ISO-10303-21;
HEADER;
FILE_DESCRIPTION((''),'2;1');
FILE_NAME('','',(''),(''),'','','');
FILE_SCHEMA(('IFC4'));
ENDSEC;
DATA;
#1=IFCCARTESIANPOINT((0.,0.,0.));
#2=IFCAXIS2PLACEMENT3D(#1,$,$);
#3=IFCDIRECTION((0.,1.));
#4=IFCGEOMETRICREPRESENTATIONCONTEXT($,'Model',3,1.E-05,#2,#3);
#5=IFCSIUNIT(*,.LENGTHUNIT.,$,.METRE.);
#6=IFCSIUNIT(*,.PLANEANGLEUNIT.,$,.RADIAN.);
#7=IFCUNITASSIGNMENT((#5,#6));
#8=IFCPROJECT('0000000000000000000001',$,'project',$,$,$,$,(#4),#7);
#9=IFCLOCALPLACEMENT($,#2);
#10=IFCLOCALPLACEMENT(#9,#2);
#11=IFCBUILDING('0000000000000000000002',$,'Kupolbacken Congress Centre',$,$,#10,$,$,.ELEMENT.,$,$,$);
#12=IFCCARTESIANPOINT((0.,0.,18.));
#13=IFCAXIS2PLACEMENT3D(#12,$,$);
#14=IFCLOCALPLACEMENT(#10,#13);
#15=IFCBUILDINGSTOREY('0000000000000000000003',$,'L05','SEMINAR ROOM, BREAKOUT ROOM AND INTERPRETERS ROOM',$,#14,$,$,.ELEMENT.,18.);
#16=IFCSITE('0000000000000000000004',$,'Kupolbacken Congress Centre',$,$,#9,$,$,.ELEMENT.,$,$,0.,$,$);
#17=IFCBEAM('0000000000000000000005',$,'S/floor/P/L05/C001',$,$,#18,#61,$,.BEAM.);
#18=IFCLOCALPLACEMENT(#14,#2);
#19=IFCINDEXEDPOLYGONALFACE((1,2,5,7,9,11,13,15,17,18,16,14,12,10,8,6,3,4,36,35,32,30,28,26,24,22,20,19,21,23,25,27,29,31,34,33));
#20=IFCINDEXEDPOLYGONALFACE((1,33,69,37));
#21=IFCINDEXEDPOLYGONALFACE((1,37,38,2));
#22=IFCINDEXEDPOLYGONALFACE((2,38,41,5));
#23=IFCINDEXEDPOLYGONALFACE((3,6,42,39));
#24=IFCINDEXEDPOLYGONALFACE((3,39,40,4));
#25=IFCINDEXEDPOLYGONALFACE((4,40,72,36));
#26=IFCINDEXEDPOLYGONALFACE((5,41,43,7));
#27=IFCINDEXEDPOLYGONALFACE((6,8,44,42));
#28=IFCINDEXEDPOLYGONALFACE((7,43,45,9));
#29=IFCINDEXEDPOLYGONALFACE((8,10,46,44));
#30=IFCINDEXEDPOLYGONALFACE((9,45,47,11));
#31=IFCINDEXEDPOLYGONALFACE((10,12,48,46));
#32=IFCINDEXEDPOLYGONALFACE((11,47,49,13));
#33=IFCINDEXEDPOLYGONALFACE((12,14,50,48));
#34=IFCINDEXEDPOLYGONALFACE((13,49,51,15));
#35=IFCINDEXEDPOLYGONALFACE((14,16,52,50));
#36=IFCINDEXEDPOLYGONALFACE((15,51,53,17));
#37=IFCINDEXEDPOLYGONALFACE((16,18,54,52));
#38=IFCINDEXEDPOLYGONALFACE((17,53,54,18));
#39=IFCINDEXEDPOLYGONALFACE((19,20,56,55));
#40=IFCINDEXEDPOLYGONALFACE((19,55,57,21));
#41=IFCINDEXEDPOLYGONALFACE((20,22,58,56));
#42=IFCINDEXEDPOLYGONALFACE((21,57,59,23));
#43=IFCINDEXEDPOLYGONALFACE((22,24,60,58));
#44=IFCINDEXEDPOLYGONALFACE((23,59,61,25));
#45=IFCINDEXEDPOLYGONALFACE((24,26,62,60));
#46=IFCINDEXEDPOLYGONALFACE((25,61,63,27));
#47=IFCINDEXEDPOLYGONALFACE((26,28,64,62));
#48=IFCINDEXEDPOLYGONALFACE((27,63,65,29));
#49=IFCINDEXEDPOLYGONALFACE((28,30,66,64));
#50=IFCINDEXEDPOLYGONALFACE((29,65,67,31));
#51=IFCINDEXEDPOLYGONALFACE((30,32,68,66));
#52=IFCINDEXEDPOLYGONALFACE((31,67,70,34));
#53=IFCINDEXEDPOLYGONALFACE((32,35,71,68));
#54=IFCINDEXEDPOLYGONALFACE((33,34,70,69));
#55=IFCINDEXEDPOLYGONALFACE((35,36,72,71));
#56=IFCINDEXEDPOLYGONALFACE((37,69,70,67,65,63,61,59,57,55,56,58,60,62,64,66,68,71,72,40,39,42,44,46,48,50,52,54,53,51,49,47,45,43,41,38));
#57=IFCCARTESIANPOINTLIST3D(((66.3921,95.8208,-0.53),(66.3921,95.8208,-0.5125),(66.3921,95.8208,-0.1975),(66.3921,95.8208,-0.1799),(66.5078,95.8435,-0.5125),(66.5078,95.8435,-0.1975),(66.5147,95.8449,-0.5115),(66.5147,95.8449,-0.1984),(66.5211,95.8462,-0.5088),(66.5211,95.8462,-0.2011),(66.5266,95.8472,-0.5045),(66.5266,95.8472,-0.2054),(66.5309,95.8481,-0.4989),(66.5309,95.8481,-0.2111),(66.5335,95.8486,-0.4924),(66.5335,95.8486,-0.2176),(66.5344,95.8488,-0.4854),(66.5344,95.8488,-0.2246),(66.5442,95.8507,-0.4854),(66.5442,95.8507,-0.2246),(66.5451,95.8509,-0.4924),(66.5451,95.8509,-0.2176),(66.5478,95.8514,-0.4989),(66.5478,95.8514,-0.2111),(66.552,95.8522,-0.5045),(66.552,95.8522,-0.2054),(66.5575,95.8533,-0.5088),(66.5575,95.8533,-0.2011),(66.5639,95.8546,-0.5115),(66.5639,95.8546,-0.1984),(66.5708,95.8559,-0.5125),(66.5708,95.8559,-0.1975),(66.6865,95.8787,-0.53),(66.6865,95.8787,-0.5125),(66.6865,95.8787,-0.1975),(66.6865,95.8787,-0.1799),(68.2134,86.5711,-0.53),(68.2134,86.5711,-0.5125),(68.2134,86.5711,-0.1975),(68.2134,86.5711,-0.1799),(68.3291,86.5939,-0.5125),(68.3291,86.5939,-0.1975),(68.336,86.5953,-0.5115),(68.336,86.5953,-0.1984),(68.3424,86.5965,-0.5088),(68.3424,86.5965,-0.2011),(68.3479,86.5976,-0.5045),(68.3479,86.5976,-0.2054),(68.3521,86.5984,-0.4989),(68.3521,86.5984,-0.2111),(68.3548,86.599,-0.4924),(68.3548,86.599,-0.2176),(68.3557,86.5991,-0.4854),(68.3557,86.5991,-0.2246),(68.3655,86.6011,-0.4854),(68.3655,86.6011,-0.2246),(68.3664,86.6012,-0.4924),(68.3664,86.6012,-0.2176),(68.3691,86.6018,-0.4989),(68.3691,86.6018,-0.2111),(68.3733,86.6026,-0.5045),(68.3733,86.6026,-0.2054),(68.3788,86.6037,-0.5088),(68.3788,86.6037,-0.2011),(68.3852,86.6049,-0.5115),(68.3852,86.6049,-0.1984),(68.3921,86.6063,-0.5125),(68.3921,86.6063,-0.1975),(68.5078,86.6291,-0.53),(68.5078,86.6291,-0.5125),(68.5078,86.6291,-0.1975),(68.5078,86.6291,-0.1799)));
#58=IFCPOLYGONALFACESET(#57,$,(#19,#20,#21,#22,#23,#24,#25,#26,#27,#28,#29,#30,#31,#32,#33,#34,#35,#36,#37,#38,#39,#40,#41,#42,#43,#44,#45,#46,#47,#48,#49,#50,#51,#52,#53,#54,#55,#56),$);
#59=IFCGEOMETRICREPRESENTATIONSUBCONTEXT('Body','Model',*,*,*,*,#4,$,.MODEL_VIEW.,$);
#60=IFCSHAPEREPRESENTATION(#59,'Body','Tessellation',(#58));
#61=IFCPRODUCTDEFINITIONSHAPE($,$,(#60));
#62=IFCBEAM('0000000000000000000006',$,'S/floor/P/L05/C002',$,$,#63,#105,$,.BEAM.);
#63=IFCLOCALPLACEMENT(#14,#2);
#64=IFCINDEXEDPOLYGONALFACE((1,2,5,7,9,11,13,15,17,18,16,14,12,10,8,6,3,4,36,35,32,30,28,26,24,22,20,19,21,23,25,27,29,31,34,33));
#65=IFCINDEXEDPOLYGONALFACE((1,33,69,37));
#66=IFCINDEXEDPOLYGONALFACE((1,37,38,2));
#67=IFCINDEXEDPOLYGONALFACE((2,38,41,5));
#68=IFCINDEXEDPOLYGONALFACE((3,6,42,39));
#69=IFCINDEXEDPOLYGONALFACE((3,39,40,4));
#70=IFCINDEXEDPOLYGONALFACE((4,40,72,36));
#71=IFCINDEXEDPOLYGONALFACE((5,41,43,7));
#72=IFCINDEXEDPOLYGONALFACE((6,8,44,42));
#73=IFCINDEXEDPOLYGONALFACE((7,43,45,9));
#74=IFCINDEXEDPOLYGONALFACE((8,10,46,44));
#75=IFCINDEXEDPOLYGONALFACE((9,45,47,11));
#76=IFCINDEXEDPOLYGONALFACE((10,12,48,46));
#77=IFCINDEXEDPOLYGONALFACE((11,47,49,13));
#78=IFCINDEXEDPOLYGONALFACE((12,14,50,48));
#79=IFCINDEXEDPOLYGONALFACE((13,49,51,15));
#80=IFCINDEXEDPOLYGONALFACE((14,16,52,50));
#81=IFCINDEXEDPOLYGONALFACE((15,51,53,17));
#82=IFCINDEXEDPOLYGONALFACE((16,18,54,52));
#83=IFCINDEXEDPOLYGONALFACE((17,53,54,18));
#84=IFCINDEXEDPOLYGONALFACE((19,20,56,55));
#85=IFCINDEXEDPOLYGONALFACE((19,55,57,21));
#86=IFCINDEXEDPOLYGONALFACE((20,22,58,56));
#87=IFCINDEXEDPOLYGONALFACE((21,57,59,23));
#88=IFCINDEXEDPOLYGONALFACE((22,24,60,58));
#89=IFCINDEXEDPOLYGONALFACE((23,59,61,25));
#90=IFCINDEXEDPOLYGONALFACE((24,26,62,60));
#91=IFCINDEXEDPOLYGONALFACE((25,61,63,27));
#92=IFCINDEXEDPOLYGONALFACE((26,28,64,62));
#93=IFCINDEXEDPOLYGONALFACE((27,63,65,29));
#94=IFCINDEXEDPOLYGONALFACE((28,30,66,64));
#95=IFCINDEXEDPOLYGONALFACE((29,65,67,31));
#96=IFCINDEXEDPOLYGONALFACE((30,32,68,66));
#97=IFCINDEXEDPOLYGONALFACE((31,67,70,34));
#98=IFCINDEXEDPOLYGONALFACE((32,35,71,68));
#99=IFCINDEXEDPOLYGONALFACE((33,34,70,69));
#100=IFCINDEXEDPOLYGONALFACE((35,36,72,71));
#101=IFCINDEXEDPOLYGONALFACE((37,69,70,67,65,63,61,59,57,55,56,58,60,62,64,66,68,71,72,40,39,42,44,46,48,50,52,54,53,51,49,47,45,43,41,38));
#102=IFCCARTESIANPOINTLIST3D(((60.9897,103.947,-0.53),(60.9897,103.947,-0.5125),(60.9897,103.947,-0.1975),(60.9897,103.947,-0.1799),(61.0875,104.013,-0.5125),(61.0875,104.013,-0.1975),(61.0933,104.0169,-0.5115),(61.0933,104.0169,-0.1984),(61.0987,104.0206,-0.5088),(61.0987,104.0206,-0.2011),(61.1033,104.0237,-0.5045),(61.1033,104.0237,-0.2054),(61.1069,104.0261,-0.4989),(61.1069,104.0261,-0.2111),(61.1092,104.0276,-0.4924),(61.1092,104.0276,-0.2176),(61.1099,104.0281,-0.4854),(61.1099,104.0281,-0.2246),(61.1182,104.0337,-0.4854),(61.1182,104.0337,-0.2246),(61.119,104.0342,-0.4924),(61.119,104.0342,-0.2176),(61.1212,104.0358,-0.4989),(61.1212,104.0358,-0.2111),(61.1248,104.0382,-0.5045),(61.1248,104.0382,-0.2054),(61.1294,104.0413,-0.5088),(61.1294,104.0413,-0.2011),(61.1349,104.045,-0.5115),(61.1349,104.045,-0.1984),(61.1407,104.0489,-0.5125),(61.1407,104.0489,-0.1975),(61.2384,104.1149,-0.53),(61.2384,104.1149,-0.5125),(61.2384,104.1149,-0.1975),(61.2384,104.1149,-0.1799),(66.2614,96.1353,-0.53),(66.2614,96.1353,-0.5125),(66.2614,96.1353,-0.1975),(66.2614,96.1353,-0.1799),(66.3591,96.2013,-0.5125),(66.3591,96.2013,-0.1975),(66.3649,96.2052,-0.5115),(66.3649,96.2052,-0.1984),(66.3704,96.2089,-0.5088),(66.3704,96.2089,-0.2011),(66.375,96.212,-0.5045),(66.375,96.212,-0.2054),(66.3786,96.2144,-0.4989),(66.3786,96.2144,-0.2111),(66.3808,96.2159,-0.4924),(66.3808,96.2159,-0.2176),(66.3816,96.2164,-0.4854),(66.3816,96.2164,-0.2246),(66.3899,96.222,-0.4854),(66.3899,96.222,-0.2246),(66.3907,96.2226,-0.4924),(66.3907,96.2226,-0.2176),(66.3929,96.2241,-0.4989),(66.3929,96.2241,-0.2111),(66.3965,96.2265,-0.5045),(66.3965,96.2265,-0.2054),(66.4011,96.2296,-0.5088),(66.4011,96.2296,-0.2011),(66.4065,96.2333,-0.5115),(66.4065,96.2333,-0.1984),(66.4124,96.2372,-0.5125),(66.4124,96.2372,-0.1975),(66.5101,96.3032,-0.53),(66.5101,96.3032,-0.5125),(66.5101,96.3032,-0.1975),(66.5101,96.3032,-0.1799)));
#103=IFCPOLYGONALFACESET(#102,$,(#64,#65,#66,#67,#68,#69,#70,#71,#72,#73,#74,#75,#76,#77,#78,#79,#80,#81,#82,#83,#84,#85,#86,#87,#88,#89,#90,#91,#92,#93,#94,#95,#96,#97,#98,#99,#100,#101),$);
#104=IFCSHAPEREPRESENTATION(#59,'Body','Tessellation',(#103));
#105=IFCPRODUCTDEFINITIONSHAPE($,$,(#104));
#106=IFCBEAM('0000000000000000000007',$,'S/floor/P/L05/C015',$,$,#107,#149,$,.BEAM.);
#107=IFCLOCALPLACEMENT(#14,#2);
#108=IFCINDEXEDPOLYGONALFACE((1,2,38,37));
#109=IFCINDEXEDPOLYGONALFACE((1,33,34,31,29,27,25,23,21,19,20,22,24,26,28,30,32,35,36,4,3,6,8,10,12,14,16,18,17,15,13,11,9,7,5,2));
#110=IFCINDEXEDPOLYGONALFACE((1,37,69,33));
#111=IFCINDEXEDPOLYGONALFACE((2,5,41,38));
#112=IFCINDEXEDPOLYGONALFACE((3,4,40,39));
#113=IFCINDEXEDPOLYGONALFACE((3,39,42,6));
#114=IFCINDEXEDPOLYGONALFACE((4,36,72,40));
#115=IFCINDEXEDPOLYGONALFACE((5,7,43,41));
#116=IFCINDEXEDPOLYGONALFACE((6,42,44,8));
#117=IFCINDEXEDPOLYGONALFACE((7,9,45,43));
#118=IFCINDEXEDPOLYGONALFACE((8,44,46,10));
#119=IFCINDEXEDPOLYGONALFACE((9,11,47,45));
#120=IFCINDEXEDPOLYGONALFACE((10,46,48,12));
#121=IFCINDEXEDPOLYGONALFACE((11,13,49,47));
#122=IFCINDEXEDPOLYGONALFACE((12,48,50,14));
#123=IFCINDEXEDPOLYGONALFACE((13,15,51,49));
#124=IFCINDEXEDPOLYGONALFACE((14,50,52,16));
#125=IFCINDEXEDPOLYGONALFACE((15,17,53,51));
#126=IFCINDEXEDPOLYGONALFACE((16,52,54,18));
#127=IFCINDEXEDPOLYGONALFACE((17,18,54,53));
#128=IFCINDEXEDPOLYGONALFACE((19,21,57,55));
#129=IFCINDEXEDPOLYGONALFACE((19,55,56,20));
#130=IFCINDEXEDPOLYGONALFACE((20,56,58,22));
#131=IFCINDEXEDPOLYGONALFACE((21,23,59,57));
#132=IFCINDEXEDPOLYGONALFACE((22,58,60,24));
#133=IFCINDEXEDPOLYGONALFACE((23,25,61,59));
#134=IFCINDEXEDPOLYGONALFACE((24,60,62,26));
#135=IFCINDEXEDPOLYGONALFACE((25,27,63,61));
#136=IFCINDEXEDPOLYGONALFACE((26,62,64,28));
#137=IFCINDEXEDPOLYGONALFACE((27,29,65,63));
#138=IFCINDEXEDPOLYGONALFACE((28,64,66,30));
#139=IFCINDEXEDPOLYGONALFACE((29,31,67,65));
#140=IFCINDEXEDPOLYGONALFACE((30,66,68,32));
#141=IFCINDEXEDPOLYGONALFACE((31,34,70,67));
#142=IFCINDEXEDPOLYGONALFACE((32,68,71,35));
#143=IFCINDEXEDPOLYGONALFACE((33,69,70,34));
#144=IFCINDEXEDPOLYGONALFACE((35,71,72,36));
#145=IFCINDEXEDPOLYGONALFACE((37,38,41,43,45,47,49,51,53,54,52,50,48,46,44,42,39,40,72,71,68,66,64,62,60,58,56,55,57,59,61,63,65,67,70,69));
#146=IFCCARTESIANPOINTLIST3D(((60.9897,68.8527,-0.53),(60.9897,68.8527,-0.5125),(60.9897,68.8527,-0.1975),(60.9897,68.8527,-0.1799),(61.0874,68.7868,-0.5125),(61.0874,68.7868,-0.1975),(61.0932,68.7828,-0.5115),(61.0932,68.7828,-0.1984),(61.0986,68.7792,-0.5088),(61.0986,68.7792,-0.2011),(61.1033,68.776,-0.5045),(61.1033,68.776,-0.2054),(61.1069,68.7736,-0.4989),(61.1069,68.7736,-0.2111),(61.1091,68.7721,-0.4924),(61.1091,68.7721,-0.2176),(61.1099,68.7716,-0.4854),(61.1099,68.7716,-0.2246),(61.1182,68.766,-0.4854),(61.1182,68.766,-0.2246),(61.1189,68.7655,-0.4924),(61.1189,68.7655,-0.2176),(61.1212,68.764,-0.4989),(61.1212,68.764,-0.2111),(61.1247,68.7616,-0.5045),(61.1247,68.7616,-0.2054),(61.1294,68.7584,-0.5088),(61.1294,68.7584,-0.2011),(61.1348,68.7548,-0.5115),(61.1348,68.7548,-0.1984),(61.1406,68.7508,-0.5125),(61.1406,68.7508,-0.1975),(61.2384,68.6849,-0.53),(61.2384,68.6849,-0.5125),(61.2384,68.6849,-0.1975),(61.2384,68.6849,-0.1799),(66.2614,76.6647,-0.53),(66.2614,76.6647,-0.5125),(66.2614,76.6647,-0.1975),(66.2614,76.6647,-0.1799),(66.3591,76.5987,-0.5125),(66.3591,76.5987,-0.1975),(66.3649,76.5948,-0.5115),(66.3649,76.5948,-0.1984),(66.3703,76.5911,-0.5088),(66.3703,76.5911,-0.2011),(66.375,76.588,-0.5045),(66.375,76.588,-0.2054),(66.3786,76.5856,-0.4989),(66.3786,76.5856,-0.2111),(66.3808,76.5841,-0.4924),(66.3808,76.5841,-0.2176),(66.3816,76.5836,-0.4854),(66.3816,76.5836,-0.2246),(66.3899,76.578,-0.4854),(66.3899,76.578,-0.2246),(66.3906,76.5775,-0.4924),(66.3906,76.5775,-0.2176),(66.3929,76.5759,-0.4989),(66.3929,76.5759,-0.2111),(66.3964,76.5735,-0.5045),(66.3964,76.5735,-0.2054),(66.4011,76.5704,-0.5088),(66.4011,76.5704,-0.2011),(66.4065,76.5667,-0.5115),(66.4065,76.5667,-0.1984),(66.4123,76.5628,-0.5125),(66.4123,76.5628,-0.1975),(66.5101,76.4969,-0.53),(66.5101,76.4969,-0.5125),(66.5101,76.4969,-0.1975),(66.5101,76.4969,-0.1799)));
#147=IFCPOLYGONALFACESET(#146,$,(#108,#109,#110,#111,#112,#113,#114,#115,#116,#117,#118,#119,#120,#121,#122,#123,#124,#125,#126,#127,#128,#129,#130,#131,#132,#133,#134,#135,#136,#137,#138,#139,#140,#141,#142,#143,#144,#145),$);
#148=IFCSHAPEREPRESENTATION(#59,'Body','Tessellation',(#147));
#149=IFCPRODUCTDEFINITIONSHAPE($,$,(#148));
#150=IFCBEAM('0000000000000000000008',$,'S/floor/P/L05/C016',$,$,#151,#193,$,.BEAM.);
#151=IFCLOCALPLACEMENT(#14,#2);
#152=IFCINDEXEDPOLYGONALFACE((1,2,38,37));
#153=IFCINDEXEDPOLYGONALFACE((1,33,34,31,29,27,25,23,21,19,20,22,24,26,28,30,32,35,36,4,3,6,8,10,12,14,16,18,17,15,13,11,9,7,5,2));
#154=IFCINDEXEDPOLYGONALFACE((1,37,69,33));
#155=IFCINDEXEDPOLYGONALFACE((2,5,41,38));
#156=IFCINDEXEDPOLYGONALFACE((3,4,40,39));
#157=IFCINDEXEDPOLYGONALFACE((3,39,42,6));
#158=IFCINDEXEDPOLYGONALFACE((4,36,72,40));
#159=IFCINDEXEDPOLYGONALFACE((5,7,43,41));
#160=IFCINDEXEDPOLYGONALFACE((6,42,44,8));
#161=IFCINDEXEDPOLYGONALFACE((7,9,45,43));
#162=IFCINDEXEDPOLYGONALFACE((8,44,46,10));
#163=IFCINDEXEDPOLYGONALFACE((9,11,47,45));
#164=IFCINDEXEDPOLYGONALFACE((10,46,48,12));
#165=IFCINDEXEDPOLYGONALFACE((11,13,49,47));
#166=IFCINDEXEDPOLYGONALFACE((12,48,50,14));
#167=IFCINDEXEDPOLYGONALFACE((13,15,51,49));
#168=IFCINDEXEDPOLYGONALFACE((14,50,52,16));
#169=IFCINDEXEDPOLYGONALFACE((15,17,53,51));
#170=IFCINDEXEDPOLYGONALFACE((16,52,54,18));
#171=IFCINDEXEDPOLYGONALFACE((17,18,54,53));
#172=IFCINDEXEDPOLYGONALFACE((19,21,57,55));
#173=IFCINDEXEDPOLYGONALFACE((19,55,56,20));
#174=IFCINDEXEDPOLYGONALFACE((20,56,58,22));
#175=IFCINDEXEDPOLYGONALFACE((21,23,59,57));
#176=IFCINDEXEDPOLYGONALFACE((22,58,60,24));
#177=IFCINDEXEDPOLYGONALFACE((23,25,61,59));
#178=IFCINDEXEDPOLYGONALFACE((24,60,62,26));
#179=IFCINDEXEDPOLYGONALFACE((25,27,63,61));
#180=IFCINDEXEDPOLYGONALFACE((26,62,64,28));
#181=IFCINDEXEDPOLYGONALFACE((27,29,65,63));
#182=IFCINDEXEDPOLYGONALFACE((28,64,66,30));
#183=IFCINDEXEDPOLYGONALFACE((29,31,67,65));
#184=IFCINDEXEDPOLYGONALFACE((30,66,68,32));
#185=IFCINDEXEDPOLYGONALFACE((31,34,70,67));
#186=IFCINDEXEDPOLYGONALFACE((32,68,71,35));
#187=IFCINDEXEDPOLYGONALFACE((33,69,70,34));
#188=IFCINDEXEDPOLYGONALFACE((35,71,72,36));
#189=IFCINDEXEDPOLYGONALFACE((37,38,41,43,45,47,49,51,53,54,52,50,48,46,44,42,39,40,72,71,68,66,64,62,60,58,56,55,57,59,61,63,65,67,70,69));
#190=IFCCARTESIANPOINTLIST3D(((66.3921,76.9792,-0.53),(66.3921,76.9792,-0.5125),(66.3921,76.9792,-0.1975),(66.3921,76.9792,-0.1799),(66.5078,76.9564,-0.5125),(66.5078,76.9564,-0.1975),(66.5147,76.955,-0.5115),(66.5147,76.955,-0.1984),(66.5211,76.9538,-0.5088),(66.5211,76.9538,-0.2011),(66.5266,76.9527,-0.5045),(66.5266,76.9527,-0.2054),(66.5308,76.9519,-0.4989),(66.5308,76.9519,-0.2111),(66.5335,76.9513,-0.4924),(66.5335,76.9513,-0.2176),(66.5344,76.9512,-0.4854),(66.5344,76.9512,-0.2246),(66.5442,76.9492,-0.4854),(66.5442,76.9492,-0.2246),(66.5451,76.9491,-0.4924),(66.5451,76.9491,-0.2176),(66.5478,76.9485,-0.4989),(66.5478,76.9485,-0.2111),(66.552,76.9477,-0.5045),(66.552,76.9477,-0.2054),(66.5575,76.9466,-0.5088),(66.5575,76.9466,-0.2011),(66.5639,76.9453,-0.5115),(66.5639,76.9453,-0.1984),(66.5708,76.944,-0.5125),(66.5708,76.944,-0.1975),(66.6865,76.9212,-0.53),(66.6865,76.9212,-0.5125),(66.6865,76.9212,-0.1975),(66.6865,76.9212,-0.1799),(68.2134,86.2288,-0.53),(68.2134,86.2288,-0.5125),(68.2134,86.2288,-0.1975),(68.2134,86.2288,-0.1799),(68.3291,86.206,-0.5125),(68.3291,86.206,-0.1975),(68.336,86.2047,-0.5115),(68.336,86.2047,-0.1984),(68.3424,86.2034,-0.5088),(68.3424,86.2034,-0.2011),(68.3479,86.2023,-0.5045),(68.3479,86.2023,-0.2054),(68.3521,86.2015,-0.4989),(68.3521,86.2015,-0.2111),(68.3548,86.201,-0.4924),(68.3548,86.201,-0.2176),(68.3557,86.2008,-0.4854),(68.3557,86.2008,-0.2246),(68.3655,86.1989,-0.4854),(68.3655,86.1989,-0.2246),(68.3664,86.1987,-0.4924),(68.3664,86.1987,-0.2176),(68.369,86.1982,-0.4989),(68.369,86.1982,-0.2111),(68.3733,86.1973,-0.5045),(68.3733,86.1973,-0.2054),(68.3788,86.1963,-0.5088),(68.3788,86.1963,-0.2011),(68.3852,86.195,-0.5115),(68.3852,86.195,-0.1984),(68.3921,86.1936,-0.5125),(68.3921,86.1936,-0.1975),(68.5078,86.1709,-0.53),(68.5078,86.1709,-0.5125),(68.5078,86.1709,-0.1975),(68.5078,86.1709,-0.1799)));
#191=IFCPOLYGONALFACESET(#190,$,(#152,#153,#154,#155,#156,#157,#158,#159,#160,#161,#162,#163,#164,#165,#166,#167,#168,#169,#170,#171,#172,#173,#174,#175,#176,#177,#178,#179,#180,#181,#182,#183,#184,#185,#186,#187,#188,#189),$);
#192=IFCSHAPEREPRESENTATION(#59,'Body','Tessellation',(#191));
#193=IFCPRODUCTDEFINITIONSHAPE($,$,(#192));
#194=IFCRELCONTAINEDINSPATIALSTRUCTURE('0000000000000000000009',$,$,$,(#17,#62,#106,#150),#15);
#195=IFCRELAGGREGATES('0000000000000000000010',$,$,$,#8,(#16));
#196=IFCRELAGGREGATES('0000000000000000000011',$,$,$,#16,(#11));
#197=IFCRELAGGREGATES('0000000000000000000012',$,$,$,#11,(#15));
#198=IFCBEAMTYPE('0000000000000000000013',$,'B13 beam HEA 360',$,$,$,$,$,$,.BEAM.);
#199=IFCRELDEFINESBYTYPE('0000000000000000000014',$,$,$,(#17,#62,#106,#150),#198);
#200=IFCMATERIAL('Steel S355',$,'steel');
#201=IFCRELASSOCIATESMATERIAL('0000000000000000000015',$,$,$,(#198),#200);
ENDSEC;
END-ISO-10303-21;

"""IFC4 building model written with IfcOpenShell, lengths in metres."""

from ifc_helpers import new_model, si_unit, direction, frame, origin, origin_2d, place, context, subcontext, project, spatial, i_section, extrude, material, material_profile, profile_set, type_object, element, save


model = new_model("IFC4")

# Units and contexts
model_context = context("Model", 3, precision=1e-05, world=origin(), true_north=direction((0.0, 1.0)))
body_context = subcontext(model_context, "Body", "Model", "MODEL_VIEW")
ifc_project = project(units=[si_unit("LENGTHUNIT", "METRE"), si_unit("PLANEANGLEUNIT", "RADIAN")], contexts=[model_context])

# Site, building, storey
site_placement = place(None, origin())
site = spatial("IfcSite", under=ifc_project, at=site_placement, Name="Kupolbacken Congress Centre", CompositionType="ELEMENT", RefElevation=0.0)
building_placement = place(site_placement, origin())
building = spatial("IfcBuilding", under=site, at=building_placement, Name="Kupolbacken Congress Centre", CompositionType="ELEMENT")
storey_placement = place(building_placement, frame((0.0, 0.0, 18.0)))
storey = spatial("IfcBuildingStorey", under=building, at=storey_placement, Name="L05", Description="SEMINAR ROOM, BREAKOUT ROOM AND INTERPRETERS ROOM", CompositionType="ELEMENT", Elevation=18.0)

# Beams
ifc_material_1 = material(Name="Steel S355", Category="steel")
ifc_material_profile_1 = material_profile(ifc_material_1, i_section(OverallWidth=0.3, OverallDepth=0.3501, WebThickness=0.01, FlangeThickness=0.0176, FilletRadius=0.0271, at=origin_2d()), Name="HEA 360")
ifc_profile_set_1 = profile_set([ifc_material_profile_1], Name="Steel S355")
beam_type_1 = type_object("IfcBeamType", Name="B13 beam HEA 360", PredefinedType="BEAM", material=ifc_profile_set_1)
beam_1_placement = place(storey_placement, frame((68.3606, 86.6001, -0.355), z_axis=(-0.193192, 0.981161, 0.0), x_axis=(-0.981161, -0.193192, 0.0)))
element("IfcBeam", 1, at=beam_1_placement, inside=storey, type_object=beam_type_1, Name="S/floor/P/L05/C001", PredefinedType="BEAM", context=body_context, shape_type="SweptSolid", body=[
    extrude(i_section(OverallWidth=0.3, OverallDepth=0.3501, WebThickness=0.01, FlangeThickness=0.0176, FilletRadius=0.0271, at=origin_2d()), origin(), (0.0, 0.0, 1.0), 9.4272),
])
beam_2_placement = place(storey_placement, frame((66.3857, 96.2192, -0.355), z_axis=(-0.559384, 0.828908, 0.0), x_axis=(-0.828908, -0.559384, 0.0)))
element("IfcBeam", 2, at=beam_2_placement, inside=storey, type_object=beam_type_1, Name="S/floor/P/L05/C002", PredefinedType="BEAM", context=body_context, shape_type="SweptSolid", body=[
    extrude(i_section(OverallWidth=0.3, OverallDepth=0.3501, WebThickness=0.01, FlangeThickness=0.0176, FilletRadius=0.0271, at=origin_2d()), origin(), (0.0, 0.0, 1.0), 9.4241),
])
beam_3_placement = place(storey_placement, frame((61.114, 68.7688, -0.355), z_axis=(0.559372, 0.828917, 0.0), x_axis=(-0.828917, 0.559372, 0.0)))
element("IfcBeam", 3, at=beam_3_placement, inside=storey, type_object=beam_type_1, Name="S/floor/P/L05/C015", PredefinedType="BEAM", context=body_context, shape_type="SweptSolid", body=[
    extrude(i_section(OverallWidth=0.3, OverallDepth=0.3501, WebThickness=0.01, FlangeThickness=0.0176, FilletRadius=0.0271, at=origin_2d()), origin(), (0.0, 0.0, 1.0), 9.4243),
])
beam_4_placement = place(storey_placement, frame((66.5393, 76.9502, -0.355), z_axis=(0.193192, 0.981161, 0.0), x_axis=(-0.981161, 0.193192, 0.0)))
element("IfcBeam", 4, at=beam_4_placement, inside=storey, type_object=beam_type_1, Name="S/floor/P/L05/C016", PredefinedType="BEAM", context=body_context, shape_type="SweptSolid", body=[
    extrude(i_section(OverallWidth=0.3, OverallDepth=0.3501, WebThickness=0.01, FlangeThickness=0.0176, FilletRadius=0.0271, at=origin_2d()), origin(), (0.0, 0.0, 1.0), 9.4272),
])

save(model, "model.ifc")
